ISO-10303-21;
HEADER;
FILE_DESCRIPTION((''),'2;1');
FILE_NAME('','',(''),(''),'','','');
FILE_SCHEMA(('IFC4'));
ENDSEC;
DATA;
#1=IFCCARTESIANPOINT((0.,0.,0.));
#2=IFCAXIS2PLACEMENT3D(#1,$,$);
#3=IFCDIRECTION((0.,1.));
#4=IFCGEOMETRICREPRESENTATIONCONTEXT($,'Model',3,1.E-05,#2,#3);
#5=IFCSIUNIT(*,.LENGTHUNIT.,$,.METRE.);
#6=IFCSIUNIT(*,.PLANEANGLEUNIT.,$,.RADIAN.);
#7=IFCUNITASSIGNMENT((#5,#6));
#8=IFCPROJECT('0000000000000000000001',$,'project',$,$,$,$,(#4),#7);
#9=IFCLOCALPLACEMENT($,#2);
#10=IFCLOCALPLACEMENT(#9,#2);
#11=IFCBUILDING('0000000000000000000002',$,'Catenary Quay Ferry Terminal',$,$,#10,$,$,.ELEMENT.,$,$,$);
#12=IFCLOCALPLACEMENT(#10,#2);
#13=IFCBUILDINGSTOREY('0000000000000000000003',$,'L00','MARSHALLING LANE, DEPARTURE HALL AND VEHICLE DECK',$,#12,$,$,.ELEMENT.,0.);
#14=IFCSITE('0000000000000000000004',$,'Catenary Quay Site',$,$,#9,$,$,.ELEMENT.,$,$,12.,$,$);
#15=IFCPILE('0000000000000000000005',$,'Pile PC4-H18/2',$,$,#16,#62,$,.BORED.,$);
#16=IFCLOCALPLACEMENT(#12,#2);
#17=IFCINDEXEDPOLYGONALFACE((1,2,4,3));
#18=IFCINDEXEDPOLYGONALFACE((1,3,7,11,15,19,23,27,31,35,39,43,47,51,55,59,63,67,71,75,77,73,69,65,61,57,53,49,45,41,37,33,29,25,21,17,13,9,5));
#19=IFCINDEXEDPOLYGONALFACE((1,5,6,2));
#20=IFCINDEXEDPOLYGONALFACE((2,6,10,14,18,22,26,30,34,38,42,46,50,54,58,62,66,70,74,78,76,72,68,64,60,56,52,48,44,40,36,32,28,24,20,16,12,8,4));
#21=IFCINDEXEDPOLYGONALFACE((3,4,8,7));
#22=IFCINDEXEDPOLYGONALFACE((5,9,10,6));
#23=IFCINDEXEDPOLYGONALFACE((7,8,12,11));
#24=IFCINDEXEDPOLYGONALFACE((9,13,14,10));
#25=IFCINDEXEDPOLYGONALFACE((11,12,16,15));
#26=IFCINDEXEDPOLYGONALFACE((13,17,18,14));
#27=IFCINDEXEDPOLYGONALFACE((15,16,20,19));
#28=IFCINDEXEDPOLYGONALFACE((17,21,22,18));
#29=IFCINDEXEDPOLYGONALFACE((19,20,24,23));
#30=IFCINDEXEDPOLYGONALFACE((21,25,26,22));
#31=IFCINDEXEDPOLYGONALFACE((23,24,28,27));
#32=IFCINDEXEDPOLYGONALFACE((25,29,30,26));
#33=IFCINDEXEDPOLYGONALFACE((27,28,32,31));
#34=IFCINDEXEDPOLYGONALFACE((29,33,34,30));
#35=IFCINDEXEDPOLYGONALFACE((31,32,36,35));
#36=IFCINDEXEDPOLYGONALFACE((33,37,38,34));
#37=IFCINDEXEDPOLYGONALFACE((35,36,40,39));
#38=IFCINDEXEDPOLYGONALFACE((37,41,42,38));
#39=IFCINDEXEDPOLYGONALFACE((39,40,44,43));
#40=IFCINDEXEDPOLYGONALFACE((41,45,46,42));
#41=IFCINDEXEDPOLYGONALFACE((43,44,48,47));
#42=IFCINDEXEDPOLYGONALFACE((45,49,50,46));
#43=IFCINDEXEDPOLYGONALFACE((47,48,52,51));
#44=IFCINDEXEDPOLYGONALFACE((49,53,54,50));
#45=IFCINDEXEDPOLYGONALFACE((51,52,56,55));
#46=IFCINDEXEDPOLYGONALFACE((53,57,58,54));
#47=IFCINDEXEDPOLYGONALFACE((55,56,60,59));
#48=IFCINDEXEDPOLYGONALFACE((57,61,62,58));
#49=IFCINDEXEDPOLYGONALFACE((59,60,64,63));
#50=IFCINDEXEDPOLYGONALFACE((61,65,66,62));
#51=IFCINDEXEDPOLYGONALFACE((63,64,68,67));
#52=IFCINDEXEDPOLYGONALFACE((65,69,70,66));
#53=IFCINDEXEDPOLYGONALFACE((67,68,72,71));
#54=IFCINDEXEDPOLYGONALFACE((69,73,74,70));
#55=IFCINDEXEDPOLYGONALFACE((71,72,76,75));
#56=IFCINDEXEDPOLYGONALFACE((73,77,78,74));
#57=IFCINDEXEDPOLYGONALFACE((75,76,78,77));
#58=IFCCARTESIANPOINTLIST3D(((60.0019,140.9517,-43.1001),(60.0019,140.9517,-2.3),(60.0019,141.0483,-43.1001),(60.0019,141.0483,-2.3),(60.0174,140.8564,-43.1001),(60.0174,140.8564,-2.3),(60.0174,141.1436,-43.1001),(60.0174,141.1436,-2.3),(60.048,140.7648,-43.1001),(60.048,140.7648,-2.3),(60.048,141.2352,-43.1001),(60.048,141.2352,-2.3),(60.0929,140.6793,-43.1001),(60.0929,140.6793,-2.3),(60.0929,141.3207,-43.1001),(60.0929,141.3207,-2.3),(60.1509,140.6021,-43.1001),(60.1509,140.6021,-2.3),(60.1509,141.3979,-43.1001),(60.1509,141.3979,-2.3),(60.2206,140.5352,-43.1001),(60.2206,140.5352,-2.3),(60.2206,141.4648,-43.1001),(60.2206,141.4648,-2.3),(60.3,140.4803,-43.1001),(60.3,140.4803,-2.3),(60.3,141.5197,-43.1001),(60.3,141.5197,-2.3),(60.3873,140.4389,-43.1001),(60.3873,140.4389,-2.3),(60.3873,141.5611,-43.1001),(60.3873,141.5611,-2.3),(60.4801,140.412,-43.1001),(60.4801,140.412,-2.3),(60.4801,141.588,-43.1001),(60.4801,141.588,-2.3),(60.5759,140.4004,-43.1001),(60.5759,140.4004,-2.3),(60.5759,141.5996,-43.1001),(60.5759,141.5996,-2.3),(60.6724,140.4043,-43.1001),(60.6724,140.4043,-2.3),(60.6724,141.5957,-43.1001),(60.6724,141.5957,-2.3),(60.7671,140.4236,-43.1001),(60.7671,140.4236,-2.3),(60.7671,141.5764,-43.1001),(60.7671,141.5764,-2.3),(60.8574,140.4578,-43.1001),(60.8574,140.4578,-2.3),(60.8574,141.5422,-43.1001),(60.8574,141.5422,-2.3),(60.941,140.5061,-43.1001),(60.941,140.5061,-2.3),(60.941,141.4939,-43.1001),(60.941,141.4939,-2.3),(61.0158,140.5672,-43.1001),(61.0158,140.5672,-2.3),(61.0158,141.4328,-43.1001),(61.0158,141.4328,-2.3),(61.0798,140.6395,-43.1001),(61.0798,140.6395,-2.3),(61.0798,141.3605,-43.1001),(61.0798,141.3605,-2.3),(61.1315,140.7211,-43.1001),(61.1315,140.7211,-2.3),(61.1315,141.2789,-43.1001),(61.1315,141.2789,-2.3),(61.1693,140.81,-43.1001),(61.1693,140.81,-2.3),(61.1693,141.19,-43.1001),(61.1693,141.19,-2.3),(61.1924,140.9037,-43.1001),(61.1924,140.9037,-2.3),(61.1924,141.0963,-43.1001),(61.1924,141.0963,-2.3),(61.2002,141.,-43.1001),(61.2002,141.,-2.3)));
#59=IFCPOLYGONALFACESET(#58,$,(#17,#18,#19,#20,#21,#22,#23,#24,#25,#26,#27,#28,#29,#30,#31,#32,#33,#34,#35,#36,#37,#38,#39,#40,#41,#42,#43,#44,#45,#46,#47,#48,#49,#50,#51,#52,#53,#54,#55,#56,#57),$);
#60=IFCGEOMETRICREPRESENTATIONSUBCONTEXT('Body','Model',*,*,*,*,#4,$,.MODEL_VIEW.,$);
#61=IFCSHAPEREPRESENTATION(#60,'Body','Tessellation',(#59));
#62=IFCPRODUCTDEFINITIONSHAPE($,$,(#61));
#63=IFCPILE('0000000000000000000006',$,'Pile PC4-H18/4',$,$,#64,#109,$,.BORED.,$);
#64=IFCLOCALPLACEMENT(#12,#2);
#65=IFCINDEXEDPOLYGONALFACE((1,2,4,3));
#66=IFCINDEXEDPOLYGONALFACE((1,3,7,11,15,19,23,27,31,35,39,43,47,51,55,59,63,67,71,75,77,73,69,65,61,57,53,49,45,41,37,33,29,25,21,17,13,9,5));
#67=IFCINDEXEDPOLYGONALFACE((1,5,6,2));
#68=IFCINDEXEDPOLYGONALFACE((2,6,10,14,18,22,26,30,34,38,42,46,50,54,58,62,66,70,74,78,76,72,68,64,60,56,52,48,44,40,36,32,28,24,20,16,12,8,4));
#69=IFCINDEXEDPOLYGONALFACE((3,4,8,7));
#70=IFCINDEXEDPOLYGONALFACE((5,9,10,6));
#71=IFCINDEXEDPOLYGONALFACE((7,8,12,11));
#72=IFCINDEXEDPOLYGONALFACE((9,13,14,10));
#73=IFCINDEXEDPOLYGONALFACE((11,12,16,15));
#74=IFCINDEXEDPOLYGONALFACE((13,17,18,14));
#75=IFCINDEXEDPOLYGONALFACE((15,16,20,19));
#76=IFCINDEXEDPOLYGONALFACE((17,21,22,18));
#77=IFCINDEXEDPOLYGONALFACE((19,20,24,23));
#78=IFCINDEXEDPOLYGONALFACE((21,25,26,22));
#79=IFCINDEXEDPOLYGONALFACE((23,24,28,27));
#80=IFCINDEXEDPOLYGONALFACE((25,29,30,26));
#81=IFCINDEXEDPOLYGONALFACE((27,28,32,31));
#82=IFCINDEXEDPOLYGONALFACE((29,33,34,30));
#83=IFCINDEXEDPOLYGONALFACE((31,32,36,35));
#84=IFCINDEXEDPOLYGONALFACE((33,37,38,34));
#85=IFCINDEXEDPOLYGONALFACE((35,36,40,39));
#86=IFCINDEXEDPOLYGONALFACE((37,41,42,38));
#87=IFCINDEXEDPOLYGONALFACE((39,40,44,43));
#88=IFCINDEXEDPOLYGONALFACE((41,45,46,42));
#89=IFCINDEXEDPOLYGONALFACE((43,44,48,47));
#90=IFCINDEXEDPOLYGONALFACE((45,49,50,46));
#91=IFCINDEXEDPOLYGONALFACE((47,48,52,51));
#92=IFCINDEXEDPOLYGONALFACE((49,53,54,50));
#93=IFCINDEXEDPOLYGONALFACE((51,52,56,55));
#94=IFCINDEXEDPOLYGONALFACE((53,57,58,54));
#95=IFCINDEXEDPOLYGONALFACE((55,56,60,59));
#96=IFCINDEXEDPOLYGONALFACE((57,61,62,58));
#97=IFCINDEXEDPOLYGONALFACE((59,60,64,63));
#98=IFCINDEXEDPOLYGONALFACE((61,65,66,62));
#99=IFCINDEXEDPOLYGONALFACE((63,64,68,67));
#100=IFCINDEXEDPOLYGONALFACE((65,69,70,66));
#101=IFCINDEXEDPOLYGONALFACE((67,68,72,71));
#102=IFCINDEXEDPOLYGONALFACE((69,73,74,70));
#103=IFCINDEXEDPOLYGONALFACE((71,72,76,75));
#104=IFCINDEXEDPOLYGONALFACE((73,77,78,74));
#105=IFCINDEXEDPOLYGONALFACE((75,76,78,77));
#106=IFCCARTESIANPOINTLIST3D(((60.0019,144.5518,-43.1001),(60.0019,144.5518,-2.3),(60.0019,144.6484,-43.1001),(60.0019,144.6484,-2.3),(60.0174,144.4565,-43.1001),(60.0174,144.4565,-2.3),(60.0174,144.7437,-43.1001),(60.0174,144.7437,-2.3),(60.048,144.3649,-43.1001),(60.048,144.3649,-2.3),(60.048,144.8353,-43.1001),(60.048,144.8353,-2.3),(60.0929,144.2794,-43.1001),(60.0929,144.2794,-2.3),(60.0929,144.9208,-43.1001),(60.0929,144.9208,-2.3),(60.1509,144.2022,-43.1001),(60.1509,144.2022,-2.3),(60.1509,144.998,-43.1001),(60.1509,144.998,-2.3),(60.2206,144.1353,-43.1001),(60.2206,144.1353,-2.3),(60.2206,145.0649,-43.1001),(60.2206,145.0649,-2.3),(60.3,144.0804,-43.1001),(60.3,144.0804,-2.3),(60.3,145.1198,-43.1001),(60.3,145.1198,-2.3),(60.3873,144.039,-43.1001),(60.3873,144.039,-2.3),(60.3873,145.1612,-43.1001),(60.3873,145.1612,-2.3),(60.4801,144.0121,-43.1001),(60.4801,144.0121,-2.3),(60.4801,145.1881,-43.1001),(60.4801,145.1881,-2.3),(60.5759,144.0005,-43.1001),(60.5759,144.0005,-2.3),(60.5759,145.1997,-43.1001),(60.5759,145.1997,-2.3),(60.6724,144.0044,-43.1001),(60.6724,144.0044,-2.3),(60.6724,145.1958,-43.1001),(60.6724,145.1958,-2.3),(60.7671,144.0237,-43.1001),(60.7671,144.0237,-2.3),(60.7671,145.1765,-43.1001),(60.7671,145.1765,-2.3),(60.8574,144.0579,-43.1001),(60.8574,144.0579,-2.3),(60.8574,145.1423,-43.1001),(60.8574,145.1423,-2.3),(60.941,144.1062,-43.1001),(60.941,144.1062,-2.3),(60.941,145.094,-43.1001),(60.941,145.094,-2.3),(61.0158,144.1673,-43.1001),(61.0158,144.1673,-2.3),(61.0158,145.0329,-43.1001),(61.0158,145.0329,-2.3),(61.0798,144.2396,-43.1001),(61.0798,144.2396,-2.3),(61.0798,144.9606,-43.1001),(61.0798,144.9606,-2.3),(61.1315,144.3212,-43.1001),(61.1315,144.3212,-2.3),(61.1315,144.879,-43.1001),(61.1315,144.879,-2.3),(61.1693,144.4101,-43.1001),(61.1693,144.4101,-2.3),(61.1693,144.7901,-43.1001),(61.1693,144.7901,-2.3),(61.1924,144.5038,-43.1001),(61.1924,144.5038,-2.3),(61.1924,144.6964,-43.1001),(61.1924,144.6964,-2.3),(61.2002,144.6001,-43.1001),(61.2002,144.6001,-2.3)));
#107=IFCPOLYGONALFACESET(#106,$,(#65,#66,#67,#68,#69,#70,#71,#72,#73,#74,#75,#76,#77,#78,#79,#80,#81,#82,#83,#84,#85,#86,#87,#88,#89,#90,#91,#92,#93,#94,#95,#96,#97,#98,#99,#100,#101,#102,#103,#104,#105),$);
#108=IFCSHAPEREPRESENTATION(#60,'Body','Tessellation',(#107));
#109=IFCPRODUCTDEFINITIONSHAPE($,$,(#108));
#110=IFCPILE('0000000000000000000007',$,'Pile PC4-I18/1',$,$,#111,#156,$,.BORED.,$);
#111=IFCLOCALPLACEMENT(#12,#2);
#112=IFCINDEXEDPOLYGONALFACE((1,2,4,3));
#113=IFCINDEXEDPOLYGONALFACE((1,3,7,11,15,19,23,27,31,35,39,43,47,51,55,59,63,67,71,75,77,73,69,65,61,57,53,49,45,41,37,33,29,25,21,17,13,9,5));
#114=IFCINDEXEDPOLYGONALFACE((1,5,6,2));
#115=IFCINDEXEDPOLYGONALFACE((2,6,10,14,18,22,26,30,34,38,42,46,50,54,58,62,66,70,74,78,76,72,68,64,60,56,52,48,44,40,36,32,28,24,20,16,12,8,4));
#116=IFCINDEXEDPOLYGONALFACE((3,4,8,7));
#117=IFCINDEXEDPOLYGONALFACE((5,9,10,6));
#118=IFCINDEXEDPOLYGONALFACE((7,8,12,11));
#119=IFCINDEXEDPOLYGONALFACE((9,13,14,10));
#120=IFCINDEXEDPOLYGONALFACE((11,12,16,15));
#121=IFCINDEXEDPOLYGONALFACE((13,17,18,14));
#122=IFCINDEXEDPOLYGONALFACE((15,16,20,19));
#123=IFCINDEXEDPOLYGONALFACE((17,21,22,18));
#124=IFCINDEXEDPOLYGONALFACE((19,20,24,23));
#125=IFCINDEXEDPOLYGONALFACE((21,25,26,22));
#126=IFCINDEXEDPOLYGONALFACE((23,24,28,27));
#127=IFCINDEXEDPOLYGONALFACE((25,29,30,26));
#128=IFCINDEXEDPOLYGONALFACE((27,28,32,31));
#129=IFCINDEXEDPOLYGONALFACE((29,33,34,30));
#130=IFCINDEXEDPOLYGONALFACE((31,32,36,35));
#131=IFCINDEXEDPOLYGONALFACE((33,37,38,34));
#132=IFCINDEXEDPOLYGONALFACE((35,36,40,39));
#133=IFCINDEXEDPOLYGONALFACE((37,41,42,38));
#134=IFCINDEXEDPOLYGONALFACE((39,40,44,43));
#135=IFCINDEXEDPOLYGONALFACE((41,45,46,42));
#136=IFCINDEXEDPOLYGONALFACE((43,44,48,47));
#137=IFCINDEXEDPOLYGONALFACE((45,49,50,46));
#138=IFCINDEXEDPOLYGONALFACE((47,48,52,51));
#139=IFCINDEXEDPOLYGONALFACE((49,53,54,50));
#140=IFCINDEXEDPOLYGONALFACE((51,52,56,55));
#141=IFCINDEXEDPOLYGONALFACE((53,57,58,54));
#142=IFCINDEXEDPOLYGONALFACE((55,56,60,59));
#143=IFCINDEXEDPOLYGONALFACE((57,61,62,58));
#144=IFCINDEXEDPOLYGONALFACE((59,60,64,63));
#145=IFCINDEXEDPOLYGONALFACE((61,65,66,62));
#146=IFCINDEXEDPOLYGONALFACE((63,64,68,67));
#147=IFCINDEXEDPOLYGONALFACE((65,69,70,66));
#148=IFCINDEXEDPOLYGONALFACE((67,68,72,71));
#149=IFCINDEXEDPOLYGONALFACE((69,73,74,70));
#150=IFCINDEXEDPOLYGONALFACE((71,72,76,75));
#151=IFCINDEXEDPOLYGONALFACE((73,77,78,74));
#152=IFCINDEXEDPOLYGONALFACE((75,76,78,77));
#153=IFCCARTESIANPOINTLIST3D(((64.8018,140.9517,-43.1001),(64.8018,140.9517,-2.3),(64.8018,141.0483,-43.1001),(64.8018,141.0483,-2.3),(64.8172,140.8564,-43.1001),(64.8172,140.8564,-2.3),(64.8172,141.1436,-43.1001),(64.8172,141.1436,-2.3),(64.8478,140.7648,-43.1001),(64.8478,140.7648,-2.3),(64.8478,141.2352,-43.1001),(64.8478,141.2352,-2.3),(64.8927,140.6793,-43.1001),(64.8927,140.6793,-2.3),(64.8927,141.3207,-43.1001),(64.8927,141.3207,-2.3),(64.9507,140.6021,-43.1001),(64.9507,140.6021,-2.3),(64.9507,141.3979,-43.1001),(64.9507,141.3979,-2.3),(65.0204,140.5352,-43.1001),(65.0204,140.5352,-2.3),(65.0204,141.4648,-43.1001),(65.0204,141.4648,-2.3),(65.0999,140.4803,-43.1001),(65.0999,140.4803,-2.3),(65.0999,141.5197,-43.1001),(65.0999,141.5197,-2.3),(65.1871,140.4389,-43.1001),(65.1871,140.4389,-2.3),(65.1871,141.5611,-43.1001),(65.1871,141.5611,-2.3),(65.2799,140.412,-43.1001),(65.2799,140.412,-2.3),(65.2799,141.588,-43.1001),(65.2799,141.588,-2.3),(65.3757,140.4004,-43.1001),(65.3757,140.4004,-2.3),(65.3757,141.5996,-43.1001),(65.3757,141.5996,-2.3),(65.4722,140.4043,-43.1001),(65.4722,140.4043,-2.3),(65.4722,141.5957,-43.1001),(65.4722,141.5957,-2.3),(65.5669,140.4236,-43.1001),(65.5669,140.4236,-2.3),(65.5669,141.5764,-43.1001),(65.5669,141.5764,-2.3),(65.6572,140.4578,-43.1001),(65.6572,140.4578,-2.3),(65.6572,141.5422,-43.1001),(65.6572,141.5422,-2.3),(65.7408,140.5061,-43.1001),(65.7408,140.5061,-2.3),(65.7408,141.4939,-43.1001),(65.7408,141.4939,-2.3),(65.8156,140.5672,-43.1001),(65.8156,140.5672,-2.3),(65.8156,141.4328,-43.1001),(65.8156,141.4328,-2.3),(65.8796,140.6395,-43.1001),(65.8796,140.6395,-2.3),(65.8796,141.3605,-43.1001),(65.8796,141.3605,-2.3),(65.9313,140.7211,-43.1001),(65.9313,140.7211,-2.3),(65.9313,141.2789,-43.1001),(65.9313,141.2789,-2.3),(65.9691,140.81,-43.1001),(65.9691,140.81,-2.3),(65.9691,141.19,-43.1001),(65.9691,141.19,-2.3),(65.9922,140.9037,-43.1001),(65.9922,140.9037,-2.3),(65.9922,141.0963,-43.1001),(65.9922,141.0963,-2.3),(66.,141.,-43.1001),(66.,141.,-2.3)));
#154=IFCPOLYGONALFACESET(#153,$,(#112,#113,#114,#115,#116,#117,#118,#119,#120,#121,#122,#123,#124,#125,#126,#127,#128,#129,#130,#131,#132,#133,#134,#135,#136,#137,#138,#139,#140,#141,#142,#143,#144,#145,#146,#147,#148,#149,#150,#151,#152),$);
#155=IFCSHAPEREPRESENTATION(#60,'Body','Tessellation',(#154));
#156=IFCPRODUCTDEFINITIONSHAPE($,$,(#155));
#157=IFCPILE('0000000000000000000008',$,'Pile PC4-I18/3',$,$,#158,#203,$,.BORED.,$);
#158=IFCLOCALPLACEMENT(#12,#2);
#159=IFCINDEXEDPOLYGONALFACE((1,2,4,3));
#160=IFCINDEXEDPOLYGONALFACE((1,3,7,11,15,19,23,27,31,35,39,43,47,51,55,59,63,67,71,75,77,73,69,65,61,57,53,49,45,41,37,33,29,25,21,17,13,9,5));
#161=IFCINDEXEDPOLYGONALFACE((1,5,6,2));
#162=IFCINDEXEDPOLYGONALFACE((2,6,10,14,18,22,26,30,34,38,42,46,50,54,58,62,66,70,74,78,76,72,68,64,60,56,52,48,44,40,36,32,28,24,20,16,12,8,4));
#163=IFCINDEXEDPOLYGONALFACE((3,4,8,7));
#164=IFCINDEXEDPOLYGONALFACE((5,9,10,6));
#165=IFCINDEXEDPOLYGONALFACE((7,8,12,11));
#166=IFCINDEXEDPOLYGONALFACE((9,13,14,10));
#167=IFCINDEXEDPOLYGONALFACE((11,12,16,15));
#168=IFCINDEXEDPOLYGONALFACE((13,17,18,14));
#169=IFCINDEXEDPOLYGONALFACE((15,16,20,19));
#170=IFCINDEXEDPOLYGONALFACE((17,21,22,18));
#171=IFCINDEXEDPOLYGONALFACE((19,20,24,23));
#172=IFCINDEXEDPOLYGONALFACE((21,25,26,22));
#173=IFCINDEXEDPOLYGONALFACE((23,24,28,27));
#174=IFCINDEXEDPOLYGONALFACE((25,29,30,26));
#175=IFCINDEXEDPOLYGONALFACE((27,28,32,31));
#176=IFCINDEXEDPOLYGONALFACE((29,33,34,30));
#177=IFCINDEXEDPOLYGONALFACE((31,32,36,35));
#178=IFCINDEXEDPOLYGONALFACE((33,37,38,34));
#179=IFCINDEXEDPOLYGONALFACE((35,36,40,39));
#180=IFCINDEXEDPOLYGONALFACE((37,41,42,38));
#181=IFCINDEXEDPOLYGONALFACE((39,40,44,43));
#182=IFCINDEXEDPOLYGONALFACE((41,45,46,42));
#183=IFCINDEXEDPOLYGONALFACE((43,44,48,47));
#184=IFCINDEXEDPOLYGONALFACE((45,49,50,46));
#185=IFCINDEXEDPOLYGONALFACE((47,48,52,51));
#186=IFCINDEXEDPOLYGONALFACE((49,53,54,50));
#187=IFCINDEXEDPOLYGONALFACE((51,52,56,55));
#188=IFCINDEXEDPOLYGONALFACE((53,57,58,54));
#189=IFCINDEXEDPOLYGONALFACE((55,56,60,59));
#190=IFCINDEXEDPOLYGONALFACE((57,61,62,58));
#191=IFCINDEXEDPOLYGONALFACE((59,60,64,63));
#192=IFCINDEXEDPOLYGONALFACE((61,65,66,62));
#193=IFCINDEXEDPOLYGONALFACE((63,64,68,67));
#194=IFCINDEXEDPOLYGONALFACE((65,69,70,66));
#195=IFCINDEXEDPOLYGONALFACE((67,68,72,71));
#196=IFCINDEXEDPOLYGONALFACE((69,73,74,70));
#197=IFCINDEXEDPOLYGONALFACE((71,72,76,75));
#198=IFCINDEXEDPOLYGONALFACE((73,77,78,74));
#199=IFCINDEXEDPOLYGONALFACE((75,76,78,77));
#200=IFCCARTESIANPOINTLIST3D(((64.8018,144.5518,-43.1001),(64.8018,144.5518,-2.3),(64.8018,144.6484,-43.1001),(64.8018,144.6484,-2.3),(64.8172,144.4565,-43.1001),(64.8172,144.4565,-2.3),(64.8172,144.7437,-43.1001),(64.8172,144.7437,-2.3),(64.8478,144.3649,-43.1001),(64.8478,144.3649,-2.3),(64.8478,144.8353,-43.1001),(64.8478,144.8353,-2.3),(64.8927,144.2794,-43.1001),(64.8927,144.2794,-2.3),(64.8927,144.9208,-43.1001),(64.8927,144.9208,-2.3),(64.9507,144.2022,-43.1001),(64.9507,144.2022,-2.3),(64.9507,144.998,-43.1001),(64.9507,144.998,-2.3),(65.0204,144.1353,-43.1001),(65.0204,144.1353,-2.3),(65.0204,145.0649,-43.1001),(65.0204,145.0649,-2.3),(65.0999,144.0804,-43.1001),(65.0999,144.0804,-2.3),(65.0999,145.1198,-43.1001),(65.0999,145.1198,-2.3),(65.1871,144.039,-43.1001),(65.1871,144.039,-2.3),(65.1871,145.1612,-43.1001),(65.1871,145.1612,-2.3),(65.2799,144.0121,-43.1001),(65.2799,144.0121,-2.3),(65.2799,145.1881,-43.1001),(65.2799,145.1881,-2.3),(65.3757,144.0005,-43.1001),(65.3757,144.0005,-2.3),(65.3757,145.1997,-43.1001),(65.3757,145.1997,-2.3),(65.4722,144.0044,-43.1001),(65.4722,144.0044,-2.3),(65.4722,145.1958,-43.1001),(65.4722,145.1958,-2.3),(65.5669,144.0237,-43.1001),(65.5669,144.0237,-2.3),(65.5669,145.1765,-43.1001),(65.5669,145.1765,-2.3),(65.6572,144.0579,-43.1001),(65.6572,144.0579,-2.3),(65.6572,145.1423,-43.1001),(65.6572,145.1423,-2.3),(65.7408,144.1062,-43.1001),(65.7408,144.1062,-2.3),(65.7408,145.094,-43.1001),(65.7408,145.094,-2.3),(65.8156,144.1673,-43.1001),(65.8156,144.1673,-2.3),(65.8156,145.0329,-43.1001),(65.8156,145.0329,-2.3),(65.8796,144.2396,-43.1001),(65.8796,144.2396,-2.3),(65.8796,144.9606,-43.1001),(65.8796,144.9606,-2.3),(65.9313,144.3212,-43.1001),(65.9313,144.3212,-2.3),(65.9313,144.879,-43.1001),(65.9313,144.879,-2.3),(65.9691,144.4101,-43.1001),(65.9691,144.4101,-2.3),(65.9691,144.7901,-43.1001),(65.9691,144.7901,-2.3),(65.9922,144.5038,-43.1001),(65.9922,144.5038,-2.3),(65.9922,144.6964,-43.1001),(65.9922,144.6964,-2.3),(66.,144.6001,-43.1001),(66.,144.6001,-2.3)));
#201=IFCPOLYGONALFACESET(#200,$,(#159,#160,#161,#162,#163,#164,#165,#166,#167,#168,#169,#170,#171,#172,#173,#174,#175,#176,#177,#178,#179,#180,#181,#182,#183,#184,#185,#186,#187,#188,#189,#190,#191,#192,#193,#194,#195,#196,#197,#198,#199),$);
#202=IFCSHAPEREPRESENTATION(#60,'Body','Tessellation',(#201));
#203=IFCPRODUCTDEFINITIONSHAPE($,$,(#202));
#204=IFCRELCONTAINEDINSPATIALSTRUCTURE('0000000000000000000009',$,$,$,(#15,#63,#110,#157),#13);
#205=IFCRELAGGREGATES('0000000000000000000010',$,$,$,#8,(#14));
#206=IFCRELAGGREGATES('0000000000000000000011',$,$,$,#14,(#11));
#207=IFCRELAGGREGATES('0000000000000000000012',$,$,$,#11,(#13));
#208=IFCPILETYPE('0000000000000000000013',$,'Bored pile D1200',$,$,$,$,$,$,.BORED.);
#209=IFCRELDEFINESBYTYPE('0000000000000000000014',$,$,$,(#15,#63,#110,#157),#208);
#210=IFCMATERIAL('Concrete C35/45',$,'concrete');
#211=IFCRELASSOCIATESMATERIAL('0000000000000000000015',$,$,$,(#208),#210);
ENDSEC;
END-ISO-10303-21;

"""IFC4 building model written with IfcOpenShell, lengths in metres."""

from ifc_helpers import new_model, si_unit, direction, frame, origin, origin_2d, place, context, subcontext, project, spatial, circle, extrude, material, material_profile, profile_set, type_object, element, save


model = new_model("IFC4")

# Units and contexts
model_context = context("Model", 3, precision=1e-05, world=origin(), true_north=direction((0.0, 1.0)))
body_context = subcontext(model_context, "Body", "Model", "MODEL_VIEW")
ifc_project = project(units=[si_unit("LENGTHUNIT", "METRE"), si_unit("PLANEANGLEUNIT", "RADIAN")], contexts=[model_context])

# Site, building, storey
site_placement = place(None, origin())
site = spatial("IfcSite", under=ifc_project, at=site_placement, Name="Catenary Quay Site", CompositionType="ELEMENT", RefElevation=12.0)
building_placement = place(site_placement, origin())
building = spatial("IfcBuilding", under=site, at=building_placement, Name="Catenary Quay Ferry Terminal", CompositionType="ELEMENT")
storey_placement = place(building_placement, origin())
storey = spatial("IfcBuildingStorey", under=building, at=storey_placement, Name="L00", Description="MARSHALLING LANE, DEPARTURE HALL AND VEHICLE DECK", CompositionType="ELEMENT", Elevation=0.0)

# Piles
ifc_material_1 = material(Name="Concrete C35/45", Category="concrete")
ifc_material_profile_1 = material_profile(ifc_material_1, circle(Radius=0.6001, at=origin_2d()), Name="D1200")
ifc_profile_set_1 = profile_set([ifc_material_profile_1], Name="Concrete C35/45")
pile_type = type_object("IfcPileType", Name="Bored pile D1200", PredefinedType="BORED", material=ifc_profile_set_1)
for number, where, z_axis, x_axis, name in (
    (1, (60.6001, 141.0, -2.3), (0.0, 0.0, -1.0), (1.0, 0.0, 0.0), "Pile PC4-H18/2"),
    (2, (60.6001, 144.6001, -2.3), (0.0, 0.0, -1.0), (1.0, 0.0, 0.0), "Pile PC4-H18/4"),
    (3, (65.3999, 141.0, -2.3), (0.0, 0.0, -1.0), (1.0, 0.0, 0.0), "Pile PC4-I18/1"),
    (4, (65.3999, 144.6001, -2.3), (0.0, 0.0, -1.0), (1.0, 0.0, 0.0), "Pile PC4-I18/3"),
):
    element("IfcPile", number, at=place(storey_placement, frame(where, z_axis=z_axis, x_axis=x_axis)), inside=storey, type_object=pile_type, Name=name, PredefinedType="BORED", context=body_context, shape_type="SweptSolid", body=[
        extrude(circle(Radius=0.6001, at=origin_2d()), origin(), (0.0, 0.0, 1.0), 40.8),
    ])

save(model, "model.ifc")
